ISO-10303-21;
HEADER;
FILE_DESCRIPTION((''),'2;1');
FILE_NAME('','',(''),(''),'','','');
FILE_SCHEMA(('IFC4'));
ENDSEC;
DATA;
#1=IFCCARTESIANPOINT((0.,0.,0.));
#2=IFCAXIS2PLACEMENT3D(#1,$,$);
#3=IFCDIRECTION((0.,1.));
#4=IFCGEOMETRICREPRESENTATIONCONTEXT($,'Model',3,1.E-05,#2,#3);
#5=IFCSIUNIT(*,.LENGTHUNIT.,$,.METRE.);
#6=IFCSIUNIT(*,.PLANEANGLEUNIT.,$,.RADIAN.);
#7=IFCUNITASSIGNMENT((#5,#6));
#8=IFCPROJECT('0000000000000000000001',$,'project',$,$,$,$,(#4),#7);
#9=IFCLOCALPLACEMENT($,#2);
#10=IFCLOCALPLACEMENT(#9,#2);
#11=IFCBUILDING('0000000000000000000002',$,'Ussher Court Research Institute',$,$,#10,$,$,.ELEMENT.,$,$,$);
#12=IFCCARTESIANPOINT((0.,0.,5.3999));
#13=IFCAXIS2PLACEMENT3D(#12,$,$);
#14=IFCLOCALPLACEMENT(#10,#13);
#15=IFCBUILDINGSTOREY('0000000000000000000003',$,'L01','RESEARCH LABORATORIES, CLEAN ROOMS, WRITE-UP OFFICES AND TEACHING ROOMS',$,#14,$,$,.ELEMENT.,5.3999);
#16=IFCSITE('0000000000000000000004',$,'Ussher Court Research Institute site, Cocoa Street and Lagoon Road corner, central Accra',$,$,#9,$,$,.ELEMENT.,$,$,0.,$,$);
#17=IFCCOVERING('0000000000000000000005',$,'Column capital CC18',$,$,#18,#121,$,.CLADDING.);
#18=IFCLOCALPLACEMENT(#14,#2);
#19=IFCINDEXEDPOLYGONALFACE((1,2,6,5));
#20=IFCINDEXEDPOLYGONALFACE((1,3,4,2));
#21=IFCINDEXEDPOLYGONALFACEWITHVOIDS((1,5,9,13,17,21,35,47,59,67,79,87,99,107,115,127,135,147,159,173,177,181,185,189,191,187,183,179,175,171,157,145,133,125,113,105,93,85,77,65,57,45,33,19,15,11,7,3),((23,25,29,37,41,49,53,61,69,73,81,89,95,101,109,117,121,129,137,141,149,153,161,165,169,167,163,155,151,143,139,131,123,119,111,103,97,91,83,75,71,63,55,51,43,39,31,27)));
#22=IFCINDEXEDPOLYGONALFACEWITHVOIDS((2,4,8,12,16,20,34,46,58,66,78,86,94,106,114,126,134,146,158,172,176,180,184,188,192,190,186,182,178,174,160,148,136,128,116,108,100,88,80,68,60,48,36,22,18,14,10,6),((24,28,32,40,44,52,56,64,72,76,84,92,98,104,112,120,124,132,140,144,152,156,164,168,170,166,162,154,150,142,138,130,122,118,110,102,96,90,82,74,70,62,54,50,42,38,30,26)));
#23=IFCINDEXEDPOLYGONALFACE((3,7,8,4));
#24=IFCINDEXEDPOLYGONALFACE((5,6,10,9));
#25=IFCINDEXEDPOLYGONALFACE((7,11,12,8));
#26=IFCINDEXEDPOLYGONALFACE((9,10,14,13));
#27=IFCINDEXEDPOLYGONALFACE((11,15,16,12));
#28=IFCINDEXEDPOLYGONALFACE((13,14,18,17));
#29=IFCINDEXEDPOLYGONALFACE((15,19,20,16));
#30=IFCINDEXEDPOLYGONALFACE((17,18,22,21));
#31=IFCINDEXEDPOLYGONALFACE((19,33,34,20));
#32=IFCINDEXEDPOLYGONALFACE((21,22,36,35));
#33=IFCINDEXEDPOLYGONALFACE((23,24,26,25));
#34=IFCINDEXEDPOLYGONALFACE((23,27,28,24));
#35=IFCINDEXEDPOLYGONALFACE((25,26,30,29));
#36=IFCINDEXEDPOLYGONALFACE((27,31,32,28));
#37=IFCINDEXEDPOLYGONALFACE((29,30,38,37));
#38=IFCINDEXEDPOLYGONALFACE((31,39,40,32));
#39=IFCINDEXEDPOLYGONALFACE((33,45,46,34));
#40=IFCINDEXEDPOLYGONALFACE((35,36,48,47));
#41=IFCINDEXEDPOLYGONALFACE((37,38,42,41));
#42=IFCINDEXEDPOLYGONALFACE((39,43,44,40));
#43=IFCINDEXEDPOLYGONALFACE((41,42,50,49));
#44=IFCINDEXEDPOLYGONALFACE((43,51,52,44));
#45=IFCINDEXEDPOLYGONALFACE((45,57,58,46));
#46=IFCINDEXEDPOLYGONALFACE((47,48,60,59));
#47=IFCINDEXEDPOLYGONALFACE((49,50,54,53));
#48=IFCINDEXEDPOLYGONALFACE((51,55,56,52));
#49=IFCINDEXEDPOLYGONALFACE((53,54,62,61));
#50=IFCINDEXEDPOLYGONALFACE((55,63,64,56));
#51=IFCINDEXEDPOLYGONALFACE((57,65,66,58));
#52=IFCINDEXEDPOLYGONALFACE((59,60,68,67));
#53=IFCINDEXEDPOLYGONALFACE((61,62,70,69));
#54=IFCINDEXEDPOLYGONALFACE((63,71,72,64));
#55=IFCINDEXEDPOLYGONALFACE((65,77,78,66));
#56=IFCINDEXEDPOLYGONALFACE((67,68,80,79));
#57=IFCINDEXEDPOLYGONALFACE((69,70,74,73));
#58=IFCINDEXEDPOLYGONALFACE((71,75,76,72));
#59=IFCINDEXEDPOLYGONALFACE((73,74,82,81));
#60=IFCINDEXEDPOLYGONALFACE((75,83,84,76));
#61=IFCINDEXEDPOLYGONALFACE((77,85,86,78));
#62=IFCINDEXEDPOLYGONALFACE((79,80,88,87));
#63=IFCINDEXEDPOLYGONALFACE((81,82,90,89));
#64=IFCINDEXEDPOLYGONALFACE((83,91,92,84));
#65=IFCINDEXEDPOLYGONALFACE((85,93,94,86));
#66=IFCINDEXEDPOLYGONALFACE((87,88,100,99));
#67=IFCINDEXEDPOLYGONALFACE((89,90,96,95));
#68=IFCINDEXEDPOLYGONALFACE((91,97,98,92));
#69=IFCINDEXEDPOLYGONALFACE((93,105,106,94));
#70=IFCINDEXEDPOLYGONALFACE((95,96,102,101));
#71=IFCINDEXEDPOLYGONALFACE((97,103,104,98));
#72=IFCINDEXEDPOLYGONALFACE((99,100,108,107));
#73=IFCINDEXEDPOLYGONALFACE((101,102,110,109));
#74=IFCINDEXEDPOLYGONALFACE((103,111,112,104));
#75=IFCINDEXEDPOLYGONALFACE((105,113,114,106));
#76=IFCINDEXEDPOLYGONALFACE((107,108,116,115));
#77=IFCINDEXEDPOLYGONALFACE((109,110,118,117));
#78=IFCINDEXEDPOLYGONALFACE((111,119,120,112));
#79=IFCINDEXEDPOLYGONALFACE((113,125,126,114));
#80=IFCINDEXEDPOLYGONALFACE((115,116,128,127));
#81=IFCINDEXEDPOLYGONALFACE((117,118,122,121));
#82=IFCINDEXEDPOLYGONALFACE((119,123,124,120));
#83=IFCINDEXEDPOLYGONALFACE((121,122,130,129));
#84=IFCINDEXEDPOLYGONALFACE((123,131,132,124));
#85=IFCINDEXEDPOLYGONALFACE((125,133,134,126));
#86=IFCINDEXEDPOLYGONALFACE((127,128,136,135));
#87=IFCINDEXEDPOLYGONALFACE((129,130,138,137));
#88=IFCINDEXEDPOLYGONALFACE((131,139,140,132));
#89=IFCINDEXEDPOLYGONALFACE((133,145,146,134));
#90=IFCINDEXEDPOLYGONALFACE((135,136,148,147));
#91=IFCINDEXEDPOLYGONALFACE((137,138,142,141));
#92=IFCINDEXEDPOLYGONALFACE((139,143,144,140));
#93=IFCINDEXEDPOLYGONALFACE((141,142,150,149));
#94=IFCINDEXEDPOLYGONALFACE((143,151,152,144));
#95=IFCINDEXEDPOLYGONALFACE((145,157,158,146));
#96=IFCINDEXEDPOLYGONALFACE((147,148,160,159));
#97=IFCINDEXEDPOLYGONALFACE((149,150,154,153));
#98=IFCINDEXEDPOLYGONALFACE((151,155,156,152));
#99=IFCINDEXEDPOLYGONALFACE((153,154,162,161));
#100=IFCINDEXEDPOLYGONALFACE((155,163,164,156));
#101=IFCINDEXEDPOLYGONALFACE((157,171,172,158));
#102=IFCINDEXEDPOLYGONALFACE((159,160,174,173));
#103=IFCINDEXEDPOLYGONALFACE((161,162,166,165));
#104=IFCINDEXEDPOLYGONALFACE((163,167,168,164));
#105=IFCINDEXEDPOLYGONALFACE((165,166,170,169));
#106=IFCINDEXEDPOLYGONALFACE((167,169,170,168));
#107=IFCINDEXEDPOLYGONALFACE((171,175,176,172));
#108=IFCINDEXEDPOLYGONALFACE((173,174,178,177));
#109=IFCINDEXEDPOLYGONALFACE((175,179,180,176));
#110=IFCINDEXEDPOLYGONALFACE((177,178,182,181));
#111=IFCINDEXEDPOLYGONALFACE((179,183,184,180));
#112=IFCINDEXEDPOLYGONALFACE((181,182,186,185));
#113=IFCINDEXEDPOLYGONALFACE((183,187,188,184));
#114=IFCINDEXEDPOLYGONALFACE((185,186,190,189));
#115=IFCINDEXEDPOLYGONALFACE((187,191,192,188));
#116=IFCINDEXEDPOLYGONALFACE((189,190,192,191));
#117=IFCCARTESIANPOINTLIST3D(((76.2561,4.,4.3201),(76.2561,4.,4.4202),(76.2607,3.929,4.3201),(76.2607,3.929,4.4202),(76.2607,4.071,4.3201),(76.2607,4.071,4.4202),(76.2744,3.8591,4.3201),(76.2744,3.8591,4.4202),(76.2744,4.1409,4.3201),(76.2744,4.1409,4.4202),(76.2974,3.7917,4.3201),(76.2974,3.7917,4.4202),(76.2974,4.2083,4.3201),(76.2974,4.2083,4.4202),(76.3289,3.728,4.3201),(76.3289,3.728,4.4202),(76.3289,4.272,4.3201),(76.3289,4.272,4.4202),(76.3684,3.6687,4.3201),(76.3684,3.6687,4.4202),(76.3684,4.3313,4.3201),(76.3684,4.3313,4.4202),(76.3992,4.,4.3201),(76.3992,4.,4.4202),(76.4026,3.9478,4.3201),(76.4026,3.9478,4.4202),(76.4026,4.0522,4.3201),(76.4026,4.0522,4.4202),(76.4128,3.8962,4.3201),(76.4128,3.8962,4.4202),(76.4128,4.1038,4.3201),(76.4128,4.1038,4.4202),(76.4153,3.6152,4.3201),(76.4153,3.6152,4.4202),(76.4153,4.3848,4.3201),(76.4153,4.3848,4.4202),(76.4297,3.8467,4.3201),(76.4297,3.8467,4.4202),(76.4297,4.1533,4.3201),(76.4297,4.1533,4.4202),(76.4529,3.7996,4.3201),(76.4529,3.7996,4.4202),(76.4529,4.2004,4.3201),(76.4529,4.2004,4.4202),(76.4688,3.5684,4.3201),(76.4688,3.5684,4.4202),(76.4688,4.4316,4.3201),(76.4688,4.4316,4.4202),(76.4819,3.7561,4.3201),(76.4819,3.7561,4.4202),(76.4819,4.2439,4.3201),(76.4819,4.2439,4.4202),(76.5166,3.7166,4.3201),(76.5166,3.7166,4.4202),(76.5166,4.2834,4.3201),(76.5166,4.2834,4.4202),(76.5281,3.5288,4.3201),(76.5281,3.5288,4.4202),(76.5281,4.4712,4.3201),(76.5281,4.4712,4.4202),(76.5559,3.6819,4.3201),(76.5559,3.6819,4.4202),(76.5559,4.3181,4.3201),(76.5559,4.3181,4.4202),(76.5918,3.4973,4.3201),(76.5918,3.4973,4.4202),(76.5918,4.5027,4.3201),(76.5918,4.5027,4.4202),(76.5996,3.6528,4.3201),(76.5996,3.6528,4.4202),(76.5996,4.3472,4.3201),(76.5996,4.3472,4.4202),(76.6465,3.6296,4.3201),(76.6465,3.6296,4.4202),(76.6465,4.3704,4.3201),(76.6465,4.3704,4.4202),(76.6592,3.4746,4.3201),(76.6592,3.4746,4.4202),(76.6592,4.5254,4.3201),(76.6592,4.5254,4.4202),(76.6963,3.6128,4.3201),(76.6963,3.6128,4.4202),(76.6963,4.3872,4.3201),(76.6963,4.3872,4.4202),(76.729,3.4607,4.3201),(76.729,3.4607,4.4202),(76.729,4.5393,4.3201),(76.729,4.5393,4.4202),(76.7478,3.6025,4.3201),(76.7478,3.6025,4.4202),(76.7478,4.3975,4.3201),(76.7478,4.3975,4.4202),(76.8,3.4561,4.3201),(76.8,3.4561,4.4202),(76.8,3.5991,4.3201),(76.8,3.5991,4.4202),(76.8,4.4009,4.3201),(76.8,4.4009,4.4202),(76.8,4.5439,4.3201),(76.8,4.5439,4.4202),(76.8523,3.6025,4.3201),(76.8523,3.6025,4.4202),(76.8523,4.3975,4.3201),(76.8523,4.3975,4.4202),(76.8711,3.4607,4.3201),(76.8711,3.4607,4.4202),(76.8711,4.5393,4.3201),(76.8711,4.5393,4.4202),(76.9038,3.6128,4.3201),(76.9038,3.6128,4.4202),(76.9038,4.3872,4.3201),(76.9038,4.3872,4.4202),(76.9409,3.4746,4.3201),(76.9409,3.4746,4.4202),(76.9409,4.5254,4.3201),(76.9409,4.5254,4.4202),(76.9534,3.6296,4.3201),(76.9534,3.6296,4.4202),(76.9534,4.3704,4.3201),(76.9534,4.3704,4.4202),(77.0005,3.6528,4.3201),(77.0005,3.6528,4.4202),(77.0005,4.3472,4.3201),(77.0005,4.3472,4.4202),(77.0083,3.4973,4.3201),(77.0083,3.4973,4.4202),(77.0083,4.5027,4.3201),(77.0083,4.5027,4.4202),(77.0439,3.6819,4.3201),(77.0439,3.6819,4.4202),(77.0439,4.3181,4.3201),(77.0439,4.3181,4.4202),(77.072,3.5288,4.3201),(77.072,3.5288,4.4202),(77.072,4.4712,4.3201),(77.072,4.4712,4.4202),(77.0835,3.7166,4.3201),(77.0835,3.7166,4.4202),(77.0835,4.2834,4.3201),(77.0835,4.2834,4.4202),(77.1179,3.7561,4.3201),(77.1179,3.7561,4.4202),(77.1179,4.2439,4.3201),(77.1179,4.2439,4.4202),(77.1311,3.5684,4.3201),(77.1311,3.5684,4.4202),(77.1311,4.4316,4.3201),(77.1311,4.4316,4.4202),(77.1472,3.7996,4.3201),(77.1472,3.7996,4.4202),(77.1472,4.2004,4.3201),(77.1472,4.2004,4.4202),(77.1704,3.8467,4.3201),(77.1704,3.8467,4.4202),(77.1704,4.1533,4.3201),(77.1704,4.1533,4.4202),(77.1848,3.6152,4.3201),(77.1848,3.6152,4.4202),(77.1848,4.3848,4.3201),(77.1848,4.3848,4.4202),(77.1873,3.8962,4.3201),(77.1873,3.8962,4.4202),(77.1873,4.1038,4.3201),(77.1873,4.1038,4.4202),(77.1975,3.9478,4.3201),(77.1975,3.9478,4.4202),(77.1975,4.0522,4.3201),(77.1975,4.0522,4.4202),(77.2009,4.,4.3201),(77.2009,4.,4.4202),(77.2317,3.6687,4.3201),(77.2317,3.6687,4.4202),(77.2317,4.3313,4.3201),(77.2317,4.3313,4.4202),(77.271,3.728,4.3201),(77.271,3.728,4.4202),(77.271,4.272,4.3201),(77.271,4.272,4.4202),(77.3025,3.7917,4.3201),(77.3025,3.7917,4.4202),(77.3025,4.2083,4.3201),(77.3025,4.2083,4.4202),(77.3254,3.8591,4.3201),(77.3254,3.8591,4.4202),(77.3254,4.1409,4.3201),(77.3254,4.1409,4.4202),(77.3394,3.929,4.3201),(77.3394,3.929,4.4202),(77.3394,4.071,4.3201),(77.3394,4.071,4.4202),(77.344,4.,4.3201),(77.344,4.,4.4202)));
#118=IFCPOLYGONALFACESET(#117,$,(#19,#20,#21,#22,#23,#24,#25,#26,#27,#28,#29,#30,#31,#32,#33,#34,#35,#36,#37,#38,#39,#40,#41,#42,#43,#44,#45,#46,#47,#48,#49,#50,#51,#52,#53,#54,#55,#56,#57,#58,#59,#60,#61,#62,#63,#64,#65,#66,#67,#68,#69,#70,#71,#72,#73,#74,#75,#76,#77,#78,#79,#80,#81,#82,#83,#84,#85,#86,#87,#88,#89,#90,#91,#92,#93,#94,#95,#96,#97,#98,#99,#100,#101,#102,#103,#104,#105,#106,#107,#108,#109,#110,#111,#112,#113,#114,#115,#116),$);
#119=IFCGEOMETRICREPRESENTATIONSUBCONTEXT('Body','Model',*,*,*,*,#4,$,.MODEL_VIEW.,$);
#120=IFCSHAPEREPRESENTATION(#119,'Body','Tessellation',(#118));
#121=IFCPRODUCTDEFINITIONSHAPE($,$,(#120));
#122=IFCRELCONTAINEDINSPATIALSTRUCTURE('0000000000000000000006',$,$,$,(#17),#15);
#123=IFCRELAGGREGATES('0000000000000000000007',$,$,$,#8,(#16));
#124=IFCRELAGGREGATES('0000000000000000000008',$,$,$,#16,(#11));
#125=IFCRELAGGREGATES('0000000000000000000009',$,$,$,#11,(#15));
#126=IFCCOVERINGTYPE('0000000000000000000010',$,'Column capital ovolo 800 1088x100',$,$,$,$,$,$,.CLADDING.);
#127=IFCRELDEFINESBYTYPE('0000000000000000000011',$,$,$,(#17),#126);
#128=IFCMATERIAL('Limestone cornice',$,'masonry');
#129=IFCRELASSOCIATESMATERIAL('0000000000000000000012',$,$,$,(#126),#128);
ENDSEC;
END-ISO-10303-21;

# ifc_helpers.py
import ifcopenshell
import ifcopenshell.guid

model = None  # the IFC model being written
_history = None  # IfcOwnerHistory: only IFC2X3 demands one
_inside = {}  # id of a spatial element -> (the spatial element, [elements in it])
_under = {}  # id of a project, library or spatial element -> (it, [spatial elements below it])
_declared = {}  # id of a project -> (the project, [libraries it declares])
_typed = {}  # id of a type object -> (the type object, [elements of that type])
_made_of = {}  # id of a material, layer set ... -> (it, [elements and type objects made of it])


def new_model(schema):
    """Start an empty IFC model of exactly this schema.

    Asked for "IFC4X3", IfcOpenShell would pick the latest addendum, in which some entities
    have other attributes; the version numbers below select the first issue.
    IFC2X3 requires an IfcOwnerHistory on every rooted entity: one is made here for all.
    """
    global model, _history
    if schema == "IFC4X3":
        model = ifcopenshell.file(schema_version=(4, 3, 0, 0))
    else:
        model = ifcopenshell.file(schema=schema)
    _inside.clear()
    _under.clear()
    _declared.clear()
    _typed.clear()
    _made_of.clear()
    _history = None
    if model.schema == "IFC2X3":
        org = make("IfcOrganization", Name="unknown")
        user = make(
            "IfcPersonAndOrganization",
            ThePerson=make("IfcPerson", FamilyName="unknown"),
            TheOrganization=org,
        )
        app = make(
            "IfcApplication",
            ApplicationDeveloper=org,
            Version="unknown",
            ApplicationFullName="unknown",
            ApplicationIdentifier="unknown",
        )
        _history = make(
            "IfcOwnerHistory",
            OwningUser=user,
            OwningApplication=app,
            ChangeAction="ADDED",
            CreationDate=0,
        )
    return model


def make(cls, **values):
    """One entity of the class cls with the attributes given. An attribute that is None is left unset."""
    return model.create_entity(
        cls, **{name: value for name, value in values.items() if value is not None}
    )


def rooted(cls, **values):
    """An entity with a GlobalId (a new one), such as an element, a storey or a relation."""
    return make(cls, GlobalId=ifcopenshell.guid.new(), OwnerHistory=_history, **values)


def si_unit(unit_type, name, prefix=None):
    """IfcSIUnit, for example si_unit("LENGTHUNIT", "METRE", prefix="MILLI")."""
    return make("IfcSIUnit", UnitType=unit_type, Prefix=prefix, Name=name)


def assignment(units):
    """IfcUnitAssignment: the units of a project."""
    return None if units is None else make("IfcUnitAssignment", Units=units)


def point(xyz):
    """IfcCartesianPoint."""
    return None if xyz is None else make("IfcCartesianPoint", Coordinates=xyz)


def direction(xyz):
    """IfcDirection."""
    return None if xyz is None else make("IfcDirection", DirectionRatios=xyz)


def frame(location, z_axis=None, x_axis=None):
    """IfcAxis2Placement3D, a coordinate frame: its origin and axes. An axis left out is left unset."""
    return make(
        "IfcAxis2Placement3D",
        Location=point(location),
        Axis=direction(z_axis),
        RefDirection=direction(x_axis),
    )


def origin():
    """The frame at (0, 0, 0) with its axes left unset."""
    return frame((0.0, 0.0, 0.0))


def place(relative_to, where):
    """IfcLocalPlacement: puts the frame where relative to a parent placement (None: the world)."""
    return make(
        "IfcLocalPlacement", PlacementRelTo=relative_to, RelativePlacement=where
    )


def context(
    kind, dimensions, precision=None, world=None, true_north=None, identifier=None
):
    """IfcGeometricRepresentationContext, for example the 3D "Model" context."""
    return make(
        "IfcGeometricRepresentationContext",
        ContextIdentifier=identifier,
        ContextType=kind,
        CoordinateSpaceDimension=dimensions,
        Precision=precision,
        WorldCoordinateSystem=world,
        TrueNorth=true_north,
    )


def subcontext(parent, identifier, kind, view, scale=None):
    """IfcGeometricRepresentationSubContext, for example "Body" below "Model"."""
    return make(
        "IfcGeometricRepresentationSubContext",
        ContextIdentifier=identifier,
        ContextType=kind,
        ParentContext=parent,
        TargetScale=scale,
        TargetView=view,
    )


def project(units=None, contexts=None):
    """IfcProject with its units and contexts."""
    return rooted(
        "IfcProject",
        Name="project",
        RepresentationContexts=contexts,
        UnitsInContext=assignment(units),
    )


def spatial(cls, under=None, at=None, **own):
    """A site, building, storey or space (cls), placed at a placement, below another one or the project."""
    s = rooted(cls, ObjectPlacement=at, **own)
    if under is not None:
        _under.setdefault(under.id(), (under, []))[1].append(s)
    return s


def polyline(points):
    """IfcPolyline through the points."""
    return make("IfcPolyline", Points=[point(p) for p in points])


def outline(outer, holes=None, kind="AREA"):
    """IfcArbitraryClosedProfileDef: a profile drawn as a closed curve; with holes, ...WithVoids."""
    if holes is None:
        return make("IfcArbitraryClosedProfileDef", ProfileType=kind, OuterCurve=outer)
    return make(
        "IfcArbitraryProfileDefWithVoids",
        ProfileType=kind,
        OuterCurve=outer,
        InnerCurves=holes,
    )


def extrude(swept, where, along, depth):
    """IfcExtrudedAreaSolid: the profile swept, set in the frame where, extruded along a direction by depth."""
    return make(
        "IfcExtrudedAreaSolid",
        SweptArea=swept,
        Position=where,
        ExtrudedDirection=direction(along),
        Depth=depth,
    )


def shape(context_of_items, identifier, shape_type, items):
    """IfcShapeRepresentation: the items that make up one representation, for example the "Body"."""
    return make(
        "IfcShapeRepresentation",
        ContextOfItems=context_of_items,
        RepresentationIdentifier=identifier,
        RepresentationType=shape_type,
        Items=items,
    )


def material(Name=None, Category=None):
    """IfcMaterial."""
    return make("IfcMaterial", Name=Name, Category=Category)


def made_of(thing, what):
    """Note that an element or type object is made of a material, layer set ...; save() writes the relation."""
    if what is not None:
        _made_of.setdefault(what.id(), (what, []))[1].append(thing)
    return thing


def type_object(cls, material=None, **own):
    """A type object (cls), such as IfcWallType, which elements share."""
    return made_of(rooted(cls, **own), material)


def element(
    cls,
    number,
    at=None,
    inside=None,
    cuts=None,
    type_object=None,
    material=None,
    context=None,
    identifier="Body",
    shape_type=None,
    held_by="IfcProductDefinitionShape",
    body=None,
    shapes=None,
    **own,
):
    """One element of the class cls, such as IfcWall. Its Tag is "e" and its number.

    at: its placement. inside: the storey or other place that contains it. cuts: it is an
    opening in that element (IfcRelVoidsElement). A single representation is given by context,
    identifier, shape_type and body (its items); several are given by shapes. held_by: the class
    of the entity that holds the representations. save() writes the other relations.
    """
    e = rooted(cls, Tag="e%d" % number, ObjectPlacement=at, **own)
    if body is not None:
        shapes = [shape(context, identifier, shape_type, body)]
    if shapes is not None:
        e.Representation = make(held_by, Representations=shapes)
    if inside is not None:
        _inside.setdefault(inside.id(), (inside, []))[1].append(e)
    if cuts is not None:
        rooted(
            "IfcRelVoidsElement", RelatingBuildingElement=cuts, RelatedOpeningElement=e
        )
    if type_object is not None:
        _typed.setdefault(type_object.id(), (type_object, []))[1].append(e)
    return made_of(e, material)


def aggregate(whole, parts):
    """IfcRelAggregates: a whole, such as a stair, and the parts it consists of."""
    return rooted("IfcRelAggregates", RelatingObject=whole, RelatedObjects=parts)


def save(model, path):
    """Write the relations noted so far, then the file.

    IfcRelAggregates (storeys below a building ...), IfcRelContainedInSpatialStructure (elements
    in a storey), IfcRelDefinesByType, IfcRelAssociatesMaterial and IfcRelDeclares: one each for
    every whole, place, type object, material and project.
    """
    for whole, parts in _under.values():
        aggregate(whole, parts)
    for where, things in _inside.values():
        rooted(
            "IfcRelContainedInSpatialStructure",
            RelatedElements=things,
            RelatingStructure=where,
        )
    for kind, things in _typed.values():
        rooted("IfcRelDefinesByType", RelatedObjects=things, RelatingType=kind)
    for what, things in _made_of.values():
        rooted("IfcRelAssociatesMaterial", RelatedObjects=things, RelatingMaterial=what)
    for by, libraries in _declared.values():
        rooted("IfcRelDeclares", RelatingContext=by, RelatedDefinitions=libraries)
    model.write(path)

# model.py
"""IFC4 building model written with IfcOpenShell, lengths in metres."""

from ifc_helpers import new_model, si_unit, direction, frame, origin, place, context, subcontext, project, spatial, polyline, outline, extrude, material, type_object, element, save


model = new_model("IFC4")

# Units and contexts
model_context = context("Model", 3, precision=1e-05, world=origin(), true_north=direction((0.0, 1.0)))
body_context = subcontext(model_context, "Body", "Model", "MODEL_VIEW")
ifc_project = project(units=[si_unit("LENGTHUNIT", "METRE"), si_unit("PLANEANGLEUNIT", "RADIAN")], contexts=[model_context])

# Site, building, storey
site_placement = place(None, origin())
site = spatial("IfcSite", under=ifc_project, at=site_placement, Name="Ussher Court Research Institute site, Cocoa Street and Lagoon Road corner, central Accra", CompositionType="ELEMENT", RefElevation=0.0)
building_placement = place(site_placement, origin())
building = spatial("IfcBuilding", under=site, at=building_placement, Name="Ussher Court Research Institute", CompositionType="ELEMENT")
storey_placement = place(building_placement, frame((0.0, 0.0, 5.3999)))
storey = spatial("IfcBuildingStorey", under=building, at=storey_placement, Name="L01", Description="RESEARCH LABORATORIES, CLEAN ROOMS, WRITE-UP OFFICES AND TEACHING ROOMS", CompositionType="ELEMENT", Elevation=5.3999)

# Covering
ifc_material_1 = material(Name="Limestone cornice", Category="masonry")
covering_type_1 = type_object("IfcCoveringType", Name="Column capital ovolo 800 1088x100", PredefinedType="CLADDING", material=ifc_material_1)
covering_1_placement = place(storey_placement, frame((0.0, 0.0, 4.3201)))
element("IfcCovering", 1, at=covering_1_placement, inside=storey, type_object=covering_type_1, Name="Column capital CC18", PredefinedType="CLADDING", context=body_context, shape_type="SweptSolid", body=[
    extrude(outline(polyline([(77.344, 4.0), (77.3394, 4.071), (77.3254, 4.1409), (77.3025, 4.2083), (77.271, 4.272), (77.2317, 4.3313), (77.1848, 4.3848), (77.1311, 4.4316), (77.072, 4.4712), (77.0083, 4.5027), (76.9409, 4.5254), (76.8711, 4.5393), (76.8, 4.5439), (76.729, 4.5393), (76.6592, 4.5254), (76.5918, 4.5027), (76.5281, 4.4712), (76.4688, 4.4316), (76.4153, 4.3848), (76.3684, 4.3313), (76.3289, 4.272), (76.2974, 4.2083), (76.2744, 4.1409), (76.2607, 4.071), (76.2561, 4.0), (76.2607, 3.929), (76.2744, 3.8591), (76.2974, 3.7917), (76.3289, 3.728), (76.3684, 3.6687), (76.4153, 3.6152), (76.4688, 3.5684), (76.5281, 3.5288), (76.5918, 3.4973), (76.6592, 3.4746), (76.729, 3.4607), (76.8, 3.4561), (76.8711, 3.4607), (76.9409, 3.4746), (77.0083, 3.4973), (77.072, 3.5288), (77.1311, 3.5684), (77.1848, 3.6152), (77.2317, 3.6687), (77.271, 3.728), (77.3025, 3.7917), (77.3254, 3.8591), (77.3394, 3.929), (77.344, 4.0)]), holes=[polyline([(77.2009, 4.0), (77.1975, 4.0522), (77.1873, 4.1038), (77.1704, 4.1533), (77.1472, 4.2004), (77.1179, 4.2439), (77.0835, 4.2834), (77.0439, 4.3181), (77.0005, 4.3472), (76.9534, 4.3704), (76.9038, 4.3872), (76.8523, 4.3975), (76.8, 4.4009), (76.7478, 4.3975), (76.6963, 4.3872), (76.6465, 4.3704), (76.5996, 4.3472), (76.5559, 4.3181), (76.5166, 4.2834), (76.4819, 4.2439), (76.4529, 4.2004), (76.4297, 4.1533), (76.4128, 4.1038), (76.4026, 4.0522), (76.3992, 4.0), (76.4026, 3.9478), (76.4128, 3.8962), (76.4297, 3.8467), (76.4529, 3.7996), (76.4819, 3.7561), (76.5166, 3.7166), (76.5559, 3.6819), (76.5996, 3.6528), (76.6465, 3.6296), (76.6963, 3.6128), (76.7478, 3.6025), (76.8, 3.5991), (76.8523, 3.6025), (76.9038, 3.6128), (76.9534, 3.6296), (77.0005, 3.6528), (77.0439, 3.6819), (77.0835, 3.7166), (77.1179, 3.7561), (77.1472, 3.7996), (77.1704, 3.8467), (77.1873, 3.8962), (77.1975, 3.9478), (77.2009, 4.0)])]), origin(), (0.0, 0.0, 1.0), 0.1001),
])

save(model, "model.ifc")
